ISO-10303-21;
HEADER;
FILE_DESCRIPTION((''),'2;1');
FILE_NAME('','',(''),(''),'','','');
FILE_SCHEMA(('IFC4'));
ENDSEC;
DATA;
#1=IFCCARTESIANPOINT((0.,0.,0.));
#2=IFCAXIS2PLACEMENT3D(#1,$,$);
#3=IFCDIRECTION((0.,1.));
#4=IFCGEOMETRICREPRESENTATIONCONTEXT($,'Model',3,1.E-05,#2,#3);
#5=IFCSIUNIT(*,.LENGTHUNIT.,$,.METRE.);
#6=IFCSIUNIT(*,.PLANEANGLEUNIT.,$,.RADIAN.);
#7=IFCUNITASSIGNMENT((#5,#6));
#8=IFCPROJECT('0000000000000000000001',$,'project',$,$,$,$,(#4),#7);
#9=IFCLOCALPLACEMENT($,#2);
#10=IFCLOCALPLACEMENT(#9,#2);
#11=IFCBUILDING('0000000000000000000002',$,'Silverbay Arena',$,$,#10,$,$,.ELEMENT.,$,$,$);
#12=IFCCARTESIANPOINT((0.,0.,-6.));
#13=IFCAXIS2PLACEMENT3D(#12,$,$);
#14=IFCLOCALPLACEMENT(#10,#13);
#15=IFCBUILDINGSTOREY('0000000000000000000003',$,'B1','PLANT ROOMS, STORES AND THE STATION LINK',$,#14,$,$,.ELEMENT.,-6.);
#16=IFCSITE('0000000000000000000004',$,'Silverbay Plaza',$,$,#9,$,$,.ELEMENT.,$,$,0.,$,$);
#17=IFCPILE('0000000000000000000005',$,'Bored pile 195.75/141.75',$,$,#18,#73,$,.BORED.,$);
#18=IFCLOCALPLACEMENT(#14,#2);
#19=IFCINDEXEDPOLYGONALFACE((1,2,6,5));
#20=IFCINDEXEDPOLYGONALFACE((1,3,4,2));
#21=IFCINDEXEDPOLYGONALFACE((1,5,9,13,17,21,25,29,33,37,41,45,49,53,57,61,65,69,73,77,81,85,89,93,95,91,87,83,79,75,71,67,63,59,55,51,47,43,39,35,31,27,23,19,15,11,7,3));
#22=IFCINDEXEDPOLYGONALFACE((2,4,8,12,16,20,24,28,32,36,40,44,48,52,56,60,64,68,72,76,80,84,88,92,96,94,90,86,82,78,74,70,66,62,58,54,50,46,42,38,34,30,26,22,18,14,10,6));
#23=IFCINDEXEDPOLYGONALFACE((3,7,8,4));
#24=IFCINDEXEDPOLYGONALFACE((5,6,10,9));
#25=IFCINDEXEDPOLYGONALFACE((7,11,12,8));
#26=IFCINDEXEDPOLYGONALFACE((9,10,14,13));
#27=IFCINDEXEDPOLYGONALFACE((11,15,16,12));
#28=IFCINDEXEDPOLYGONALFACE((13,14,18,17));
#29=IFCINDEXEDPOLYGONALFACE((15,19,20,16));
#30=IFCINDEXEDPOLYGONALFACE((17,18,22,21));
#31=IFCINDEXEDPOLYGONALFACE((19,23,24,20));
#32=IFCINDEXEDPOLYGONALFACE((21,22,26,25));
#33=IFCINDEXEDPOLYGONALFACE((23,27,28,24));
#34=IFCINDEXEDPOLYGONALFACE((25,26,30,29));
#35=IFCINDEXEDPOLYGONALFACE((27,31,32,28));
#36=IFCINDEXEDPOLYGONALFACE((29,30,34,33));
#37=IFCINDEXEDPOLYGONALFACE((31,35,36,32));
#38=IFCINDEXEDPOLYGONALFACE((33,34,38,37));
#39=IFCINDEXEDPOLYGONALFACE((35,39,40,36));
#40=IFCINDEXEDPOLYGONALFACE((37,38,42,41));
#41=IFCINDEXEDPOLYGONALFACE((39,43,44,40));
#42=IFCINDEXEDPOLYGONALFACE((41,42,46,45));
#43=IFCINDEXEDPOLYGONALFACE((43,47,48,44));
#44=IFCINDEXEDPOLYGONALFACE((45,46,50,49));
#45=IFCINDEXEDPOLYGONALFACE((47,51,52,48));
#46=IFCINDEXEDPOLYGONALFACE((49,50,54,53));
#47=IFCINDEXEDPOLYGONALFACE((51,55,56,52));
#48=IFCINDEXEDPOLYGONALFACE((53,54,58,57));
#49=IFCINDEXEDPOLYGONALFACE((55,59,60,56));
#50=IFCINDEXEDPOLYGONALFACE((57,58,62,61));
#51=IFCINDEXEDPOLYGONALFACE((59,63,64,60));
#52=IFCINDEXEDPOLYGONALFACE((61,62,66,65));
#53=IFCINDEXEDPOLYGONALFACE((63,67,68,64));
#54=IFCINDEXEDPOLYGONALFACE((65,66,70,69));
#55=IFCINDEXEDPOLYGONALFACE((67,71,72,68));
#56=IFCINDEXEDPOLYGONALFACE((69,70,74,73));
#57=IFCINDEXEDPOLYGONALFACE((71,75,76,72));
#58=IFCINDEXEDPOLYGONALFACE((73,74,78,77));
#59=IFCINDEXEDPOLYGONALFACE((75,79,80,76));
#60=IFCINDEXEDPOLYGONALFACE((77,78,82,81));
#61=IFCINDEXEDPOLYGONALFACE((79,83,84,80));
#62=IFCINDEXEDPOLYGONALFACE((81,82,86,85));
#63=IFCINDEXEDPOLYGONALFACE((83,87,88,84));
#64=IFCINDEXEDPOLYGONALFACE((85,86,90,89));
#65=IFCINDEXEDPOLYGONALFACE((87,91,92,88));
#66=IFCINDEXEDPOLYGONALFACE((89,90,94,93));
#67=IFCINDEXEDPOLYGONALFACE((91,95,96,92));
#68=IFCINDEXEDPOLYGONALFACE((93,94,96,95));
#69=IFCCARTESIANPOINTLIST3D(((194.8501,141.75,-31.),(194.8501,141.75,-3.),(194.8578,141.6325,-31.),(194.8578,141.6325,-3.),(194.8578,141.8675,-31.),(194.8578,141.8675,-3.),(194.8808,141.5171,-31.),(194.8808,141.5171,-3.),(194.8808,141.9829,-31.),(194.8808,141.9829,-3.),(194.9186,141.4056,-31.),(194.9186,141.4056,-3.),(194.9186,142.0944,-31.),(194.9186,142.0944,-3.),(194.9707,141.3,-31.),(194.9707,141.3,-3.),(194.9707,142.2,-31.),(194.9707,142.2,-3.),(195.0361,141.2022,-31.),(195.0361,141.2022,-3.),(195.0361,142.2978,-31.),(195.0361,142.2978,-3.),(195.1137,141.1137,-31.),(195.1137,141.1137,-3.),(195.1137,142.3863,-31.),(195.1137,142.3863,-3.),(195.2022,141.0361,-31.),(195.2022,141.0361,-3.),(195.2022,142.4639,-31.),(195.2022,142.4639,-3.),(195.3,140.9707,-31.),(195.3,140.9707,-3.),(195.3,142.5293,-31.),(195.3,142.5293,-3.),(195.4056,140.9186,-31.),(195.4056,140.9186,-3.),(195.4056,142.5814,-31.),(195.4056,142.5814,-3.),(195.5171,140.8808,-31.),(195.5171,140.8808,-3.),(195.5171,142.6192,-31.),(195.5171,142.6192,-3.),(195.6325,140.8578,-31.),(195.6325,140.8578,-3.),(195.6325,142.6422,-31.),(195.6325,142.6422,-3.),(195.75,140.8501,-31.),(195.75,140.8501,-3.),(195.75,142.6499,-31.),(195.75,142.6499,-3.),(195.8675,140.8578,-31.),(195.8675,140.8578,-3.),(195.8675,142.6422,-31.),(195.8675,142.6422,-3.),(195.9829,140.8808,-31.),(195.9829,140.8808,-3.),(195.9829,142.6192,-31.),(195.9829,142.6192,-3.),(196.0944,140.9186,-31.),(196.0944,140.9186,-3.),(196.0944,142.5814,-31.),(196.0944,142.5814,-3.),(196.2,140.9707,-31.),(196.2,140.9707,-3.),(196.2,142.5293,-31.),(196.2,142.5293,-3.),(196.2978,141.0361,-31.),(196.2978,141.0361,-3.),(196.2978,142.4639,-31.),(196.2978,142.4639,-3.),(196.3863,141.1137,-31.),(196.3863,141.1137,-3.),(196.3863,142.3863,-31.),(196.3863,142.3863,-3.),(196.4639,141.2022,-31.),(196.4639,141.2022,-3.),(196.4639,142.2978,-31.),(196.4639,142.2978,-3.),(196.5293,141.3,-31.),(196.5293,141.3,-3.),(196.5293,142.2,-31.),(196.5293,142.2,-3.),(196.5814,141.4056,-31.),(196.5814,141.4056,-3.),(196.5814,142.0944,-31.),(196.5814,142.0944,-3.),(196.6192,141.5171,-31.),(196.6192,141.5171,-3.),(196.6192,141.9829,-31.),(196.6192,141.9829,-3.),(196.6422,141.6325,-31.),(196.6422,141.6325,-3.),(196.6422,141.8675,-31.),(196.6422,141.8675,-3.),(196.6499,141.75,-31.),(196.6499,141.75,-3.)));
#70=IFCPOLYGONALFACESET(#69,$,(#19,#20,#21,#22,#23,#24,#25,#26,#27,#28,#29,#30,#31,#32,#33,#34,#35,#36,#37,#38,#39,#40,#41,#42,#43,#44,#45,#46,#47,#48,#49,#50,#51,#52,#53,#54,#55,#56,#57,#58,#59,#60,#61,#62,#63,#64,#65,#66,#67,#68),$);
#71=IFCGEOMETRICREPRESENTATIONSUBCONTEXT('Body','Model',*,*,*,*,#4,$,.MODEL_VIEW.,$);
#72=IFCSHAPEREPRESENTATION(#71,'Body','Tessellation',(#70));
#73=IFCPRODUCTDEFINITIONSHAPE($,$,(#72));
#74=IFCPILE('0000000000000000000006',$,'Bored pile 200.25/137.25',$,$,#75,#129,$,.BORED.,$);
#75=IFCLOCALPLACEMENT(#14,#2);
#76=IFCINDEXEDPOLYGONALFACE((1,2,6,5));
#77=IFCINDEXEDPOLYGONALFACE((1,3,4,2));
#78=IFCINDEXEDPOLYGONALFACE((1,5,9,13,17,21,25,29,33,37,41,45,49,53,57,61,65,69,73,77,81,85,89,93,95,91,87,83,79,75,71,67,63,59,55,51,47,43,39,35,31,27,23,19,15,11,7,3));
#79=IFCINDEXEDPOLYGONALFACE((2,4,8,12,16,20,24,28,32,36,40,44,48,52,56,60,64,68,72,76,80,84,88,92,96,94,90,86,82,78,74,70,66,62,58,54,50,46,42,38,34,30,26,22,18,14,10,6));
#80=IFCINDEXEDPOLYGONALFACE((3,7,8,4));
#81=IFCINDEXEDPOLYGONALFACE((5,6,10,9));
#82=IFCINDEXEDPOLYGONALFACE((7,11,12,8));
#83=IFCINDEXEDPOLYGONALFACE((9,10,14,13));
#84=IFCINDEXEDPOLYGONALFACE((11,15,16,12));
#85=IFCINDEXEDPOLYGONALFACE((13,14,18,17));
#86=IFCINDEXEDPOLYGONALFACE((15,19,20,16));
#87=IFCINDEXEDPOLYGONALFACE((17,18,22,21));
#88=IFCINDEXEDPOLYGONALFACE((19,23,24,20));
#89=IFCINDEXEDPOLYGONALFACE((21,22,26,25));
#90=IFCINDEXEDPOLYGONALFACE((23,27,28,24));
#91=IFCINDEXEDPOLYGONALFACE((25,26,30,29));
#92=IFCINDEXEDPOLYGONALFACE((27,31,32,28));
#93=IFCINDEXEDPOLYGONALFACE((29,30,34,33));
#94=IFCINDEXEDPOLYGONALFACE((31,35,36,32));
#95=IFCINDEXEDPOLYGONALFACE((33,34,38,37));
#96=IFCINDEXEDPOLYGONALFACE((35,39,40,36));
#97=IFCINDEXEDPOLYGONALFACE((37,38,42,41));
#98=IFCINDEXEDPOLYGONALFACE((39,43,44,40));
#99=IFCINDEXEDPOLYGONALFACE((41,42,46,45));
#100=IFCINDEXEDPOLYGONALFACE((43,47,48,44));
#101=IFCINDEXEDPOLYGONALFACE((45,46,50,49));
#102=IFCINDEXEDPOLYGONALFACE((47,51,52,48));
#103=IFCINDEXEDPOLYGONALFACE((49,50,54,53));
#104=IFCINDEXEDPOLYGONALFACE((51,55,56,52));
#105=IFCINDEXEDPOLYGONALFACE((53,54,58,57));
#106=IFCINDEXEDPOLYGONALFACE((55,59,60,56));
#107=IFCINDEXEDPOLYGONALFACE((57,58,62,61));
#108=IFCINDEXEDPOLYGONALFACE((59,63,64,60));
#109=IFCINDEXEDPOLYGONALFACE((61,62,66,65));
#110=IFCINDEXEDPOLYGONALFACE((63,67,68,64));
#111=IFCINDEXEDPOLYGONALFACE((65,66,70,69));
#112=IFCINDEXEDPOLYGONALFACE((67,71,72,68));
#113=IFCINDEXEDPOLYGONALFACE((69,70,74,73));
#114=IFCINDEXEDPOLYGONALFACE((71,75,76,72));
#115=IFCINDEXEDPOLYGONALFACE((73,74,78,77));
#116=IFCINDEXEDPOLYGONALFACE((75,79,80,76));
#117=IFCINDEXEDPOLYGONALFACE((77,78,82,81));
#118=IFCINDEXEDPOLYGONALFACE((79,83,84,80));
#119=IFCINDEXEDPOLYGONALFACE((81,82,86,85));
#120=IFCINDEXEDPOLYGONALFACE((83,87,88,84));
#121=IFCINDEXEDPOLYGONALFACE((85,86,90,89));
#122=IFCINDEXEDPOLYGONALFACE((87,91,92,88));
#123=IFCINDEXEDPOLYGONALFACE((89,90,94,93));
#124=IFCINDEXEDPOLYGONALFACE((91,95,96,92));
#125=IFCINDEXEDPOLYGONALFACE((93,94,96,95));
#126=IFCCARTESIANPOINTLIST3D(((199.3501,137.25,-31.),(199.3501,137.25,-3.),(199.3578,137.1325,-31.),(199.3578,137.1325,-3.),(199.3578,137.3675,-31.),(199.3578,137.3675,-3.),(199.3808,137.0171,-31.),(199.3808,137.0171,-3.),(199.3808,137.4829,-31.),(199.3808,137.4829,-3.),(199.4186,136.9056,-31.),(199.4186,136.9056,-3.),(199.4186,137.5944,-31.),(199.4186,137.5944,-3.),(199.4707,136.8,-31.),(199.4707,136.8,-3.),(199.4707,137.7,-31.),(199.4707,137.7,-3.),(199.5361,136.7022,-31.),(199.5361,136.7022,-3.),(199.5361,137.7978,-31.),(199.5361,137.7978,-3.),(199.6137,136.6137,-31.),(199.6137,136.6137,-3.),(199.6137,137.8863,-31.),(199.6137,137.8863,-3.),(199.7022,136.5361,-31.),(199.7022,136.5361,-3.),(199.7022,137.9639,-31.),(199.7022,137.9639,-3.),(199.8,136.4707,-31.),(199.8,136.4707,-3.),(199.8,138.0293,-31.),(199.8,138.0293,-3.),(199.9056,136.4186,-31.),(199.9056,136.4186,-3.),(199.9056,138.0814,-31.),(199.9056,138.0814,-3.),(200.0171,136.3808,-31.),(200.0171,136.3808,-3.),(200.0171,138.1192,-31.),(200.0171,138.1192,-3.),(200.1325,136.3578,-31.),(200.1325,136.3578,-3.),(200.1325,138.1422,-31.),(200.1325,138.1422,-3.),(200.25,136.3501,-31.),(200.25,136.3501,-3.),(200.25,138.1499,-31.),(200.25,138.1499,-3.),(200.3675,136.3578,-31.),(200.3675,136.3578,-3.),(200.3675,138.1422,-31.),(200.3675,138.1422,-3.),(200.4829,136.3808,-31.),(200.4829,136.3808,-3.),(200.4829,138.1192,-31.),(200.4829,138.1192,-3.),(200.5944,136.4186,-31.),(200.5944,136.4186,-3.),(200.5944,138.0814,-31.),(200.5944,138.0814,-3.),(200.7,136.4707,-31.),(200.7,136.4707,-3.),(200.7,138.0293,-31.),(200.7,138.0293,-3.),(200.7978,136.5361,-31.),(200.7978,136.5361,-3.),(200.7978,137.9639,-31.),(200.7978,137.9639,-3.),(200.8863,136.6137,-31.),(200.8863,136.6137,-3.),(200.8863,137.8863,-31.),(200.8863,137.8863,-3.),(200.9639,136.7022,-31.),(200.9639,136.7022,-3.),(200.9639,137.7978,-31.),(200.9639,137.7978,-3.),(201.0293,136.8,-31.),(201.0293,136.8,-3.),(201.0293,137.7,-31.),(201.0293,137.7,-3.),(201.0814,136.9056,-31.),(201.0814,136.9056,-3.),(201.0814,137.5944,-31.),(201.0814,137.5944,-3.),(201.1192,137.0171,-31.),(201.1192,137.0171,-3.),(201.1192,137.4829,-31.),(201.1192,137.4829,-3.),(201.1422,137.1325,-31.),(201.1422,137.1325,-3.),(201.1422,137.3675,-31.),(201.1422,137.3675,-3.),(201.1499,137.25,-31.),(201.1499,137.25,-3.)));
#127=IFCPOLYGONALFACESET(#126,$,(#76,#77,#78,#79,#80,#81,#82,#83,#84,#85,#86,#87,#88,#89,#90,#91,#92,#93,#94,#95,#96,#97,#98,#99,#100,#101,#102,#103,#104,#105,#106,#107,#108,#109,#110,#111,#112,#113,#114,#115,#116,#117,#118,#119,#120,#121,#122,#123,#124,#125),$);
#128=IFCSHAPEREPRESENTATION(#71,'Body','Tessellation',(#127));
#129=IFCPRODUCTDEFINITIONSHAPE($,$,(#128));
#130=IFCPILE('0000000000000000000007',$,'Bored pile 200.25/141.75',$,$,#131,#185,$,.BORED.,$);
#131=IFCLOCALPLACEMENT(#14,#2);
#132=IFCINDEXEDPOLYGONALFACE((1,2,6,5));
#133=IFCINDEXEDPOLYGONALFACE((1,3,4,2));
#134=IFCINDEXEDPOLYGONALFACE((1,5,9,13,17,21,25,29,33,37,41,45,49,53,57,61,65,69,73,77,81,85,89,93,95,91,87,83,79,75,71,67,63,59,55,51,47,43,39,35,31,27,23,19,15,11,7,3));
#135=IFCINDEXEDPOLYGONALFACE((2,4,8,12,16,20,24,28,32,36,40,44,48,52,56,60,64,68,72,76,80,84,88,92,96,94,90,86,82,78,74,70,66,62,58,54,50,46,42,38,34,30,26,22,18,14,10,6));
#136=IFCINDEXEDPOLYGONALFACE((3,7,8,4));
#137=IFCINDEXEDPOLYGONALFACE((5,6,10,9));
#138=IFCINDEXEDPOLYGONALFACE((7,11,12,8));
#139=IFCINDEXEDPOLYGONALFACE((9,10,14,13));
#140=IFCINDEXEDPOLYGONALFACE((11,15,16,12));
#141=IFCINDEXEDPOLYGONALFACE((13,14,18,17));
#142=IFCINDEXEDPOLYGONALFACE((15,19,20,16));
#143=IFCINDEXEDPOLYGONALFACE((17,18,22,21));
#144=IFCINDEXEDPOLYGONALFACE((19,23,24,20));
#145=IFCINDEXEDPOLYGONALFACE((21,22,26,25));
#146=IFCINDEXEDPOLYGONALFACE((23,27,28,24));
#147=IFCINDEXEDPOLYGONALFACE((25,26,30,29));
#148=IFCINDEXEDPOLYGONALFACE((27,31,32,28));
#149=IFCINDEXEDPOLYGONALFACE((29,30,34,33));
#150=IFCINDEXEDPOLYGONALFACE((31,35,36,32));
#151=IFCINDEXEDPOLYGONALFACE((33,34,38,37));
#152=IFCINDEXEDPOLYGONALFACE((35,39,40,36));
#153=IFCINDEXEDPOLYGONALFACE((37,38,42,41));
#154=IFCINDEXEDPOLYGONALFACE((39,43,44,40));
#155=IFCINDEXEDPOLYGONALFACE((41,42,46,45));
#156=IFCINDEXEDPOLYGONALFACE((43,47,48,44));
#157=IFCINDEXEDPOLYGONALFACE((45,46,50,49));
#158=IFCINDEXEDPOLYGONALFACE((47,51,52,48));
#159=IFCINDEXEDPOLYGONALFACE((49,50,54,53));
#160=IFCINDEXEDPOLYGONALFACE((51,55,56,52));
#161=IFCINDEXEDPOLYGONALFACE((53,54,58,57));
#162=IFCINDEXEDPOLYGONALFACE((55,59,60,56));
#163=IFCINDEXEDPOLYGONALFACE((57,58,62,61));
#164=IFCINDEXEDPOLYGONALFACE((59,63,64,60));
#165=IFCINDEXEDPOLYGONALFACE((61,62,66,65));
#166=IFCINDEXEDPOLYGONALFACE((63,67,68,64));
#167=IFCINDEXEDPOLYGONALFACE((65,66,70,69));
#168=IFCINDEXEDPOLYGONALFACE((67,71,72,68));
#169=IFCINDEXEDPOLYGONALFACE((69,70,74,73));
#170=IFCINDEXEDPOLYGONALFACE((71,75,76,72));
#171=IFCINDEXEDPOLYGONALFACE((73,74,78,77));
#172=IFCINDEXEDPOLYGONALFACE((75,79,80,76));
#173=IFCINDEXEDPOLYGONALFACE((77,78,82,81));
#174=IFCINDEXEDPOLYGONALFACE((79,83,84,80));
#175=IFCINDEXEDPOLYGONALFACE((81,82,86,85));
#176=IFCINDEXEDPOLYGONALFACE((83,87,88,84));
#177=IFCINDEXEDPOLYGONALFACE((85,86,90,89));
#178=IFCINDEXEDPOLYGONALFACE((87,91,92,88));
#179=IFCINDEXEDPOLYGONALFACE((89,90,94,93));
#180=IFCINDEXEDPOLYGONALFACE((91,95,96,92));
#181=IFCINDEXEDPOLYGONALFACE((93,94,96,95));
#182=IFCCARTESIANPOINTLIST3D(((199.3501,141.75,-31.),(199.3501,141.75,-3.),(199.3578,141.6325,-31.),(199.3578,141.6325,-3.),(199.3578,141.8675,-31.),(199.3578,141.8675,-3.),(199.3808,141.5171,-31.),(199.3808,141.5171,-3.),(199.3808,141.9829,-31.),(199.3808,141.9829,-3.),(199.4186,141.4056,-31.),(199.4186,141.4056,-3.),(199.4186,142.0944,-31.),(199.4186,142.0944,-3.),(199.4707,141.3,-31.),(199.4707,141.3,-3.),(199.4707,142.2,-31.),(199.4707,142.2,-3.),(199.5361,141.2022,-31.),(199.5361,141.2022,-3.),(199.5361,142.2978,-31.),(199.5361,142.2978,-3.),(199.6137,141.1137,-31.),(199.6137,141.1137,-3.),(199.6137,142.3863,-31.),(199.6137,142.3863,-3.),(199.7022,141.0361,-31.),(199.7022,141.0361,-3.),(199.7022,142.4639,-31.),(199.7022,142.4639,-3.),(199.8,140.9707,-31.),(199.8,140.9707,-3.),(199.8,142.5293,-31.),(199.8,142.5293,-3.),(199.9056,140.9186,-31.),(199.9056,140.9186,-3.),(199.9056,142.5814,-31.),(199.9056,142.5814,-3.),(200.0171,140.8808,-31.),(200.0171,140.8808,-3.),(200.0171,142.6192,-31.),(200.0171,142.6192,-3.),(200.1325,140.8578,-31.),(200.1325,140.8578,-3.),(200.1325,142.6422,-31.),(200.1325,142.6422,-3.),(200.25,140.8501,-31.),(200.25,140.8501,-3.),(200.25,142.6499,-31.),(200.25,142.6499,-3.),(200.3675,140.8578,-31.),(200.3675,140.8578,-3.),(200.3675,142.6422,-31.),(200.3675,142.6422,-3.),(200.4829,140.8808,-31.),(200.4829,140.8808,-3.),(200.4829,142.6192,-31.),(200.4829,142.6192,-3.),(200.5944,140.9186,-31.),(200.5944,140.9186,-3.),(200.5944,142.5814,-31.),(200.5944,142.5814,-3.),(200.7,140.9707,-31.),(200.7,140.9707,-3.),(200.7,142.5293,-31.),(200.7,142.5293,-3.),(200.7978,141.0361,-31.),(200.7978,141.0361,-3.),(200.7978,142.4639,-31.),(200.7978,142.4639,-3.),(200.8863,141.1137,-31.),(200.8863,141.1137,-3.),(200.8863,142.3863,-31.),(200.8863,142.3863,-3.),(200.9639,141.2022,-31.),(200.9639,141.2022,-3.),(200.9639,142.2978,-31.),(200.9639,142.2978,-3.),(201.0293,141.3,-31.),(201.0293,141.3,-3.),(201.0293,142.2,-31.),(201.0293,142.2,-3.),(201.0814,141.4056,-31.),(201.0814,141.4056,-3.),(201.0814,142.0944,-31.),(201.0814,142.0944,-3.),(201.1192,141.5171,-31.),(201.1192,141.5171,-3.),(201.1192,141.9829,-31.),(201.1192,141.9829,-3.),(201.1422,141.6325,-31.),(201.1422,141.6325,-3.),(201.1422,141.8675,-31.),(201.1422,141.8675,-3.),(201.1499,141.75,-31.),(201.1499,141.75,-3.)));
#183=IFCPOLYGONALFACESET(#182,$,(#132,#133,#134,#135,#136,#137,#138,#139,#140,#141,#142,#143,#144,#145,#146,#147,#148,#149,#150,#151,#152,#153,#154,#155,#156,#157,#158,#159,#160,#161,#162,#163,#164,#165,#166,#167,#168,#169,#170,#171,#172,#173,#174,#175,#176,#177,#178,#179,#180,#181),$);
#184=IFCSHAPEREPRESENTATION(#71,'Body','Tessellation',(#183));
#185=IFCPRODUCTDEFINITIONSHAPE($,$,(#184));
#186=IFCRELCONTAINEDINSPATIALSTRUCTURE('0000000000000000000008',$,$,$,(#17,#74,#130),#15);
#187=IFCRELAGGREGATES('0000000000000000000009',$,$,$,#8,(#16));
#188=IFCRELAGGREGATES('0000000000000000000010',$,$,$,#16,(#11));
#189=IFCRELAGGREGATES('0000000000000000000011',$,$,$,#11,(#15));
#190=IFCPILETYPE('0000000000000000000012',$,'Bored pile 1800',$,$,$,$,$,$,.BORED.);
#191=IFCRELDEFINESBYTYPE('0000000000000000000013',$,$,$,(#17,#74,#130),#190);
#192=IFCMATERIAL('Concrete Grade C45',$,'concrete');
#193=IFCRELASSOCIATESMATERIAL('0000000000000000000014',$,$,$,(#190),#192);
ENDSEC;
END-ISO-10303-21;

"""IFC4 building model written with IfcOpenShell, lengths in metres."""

from ifc_helpers import new_model, si_unit, direction, frame, origin, origin_2d, place, context, subcontext, project, spatial, circle, extrude, material, material_profile, profile_set, type_object, element, save


model = new_model("IFC4")

# Units and contexts
model_context = context("Model", 3, precision=1e-05, world=origin(), true_north=direction((0.0, 1.0)))
body_context = subcontext(model_context, "Body", "Model", "MODEL_VIEW")
ifc_project = project(units=[si_unit("LENGTHUNIT", "METRE"), si_unit("PLANEANGLEUNIT", "RADIAN")], contexts=[model_context])

# Site, building, storey
site_placement = place(None, origin())
site = spatial("IfcSite", under=ifc_project, at=site_placement, Name="Silverbay Plaza", CompositionType="ELEMENT", RefElevation=0.0)
building_placement = place(site_placement, origin())
building = spatial("IfcBuilding", under=site, at=building_placement, Name="Silverbay Arena", CompositionType="ELEMENT")
storey_placement = place(building_placement, frame((0.0, 0.0, -6.0)))
storey = spatial("IfcBuildingStorey", under=building, at=storey_placement, Name="B1", Description="PLANT ROOMS, STORES AND THE STATION LINK", CompositionType="ELEMENT", Elevation=-6.0)

# Piles
ifc_material_1 = material(Name="Concrete Grade C45", Category="concrete")
ifc_material_profile_1 = material_profile(ifc_material_1, circle(Radius=0.8999, at=origin_2d()), Name="Bored pile 1800")
ifc_profile_set_1 = profile_set([ifc_material_profile_1], Name="Concrete Grade C45")
pile_type_1 = type_object("IfcPileType", Name="Bored pile 1800", PredefinedType="BORED", material=ifc_profile_set_1)
for number, where, z_axis, x_axis, name in (
    (1, (195.75, 141.75, -3.0), (0.0, 0.0, -1.0), (1.0, 0.0, 0.0), "Bored pile 195.75/141.75"),
    (2, (200.25, 137.25, -3.0), (0.0, 0.0, -1.0), (1.0, 0.0, 0.0), "Bored pile 200.25/137.25"),
    (3, (200.25, 141.75, -3.0), (0.0, 0.0, -1.0), (1.0, 0.0, 0.0), "Bored pile 200.25/141.75"),
):
    element("IfcPile", number, at=place(storey_placement, frame(where, z_axis=z_axis, x_axis=x_axis)), inside=storey, type_object=pile_type_1, Name=name, PredefinedType="BORED", context=body_context, shape_type="SweptSolid", body=[
        extrude(circle(Radius=0.8999, at=origin_2d()), origin(), (0.0, 0.0, 1.0), 28.0),
    ])

save(model, "model.ifc")
